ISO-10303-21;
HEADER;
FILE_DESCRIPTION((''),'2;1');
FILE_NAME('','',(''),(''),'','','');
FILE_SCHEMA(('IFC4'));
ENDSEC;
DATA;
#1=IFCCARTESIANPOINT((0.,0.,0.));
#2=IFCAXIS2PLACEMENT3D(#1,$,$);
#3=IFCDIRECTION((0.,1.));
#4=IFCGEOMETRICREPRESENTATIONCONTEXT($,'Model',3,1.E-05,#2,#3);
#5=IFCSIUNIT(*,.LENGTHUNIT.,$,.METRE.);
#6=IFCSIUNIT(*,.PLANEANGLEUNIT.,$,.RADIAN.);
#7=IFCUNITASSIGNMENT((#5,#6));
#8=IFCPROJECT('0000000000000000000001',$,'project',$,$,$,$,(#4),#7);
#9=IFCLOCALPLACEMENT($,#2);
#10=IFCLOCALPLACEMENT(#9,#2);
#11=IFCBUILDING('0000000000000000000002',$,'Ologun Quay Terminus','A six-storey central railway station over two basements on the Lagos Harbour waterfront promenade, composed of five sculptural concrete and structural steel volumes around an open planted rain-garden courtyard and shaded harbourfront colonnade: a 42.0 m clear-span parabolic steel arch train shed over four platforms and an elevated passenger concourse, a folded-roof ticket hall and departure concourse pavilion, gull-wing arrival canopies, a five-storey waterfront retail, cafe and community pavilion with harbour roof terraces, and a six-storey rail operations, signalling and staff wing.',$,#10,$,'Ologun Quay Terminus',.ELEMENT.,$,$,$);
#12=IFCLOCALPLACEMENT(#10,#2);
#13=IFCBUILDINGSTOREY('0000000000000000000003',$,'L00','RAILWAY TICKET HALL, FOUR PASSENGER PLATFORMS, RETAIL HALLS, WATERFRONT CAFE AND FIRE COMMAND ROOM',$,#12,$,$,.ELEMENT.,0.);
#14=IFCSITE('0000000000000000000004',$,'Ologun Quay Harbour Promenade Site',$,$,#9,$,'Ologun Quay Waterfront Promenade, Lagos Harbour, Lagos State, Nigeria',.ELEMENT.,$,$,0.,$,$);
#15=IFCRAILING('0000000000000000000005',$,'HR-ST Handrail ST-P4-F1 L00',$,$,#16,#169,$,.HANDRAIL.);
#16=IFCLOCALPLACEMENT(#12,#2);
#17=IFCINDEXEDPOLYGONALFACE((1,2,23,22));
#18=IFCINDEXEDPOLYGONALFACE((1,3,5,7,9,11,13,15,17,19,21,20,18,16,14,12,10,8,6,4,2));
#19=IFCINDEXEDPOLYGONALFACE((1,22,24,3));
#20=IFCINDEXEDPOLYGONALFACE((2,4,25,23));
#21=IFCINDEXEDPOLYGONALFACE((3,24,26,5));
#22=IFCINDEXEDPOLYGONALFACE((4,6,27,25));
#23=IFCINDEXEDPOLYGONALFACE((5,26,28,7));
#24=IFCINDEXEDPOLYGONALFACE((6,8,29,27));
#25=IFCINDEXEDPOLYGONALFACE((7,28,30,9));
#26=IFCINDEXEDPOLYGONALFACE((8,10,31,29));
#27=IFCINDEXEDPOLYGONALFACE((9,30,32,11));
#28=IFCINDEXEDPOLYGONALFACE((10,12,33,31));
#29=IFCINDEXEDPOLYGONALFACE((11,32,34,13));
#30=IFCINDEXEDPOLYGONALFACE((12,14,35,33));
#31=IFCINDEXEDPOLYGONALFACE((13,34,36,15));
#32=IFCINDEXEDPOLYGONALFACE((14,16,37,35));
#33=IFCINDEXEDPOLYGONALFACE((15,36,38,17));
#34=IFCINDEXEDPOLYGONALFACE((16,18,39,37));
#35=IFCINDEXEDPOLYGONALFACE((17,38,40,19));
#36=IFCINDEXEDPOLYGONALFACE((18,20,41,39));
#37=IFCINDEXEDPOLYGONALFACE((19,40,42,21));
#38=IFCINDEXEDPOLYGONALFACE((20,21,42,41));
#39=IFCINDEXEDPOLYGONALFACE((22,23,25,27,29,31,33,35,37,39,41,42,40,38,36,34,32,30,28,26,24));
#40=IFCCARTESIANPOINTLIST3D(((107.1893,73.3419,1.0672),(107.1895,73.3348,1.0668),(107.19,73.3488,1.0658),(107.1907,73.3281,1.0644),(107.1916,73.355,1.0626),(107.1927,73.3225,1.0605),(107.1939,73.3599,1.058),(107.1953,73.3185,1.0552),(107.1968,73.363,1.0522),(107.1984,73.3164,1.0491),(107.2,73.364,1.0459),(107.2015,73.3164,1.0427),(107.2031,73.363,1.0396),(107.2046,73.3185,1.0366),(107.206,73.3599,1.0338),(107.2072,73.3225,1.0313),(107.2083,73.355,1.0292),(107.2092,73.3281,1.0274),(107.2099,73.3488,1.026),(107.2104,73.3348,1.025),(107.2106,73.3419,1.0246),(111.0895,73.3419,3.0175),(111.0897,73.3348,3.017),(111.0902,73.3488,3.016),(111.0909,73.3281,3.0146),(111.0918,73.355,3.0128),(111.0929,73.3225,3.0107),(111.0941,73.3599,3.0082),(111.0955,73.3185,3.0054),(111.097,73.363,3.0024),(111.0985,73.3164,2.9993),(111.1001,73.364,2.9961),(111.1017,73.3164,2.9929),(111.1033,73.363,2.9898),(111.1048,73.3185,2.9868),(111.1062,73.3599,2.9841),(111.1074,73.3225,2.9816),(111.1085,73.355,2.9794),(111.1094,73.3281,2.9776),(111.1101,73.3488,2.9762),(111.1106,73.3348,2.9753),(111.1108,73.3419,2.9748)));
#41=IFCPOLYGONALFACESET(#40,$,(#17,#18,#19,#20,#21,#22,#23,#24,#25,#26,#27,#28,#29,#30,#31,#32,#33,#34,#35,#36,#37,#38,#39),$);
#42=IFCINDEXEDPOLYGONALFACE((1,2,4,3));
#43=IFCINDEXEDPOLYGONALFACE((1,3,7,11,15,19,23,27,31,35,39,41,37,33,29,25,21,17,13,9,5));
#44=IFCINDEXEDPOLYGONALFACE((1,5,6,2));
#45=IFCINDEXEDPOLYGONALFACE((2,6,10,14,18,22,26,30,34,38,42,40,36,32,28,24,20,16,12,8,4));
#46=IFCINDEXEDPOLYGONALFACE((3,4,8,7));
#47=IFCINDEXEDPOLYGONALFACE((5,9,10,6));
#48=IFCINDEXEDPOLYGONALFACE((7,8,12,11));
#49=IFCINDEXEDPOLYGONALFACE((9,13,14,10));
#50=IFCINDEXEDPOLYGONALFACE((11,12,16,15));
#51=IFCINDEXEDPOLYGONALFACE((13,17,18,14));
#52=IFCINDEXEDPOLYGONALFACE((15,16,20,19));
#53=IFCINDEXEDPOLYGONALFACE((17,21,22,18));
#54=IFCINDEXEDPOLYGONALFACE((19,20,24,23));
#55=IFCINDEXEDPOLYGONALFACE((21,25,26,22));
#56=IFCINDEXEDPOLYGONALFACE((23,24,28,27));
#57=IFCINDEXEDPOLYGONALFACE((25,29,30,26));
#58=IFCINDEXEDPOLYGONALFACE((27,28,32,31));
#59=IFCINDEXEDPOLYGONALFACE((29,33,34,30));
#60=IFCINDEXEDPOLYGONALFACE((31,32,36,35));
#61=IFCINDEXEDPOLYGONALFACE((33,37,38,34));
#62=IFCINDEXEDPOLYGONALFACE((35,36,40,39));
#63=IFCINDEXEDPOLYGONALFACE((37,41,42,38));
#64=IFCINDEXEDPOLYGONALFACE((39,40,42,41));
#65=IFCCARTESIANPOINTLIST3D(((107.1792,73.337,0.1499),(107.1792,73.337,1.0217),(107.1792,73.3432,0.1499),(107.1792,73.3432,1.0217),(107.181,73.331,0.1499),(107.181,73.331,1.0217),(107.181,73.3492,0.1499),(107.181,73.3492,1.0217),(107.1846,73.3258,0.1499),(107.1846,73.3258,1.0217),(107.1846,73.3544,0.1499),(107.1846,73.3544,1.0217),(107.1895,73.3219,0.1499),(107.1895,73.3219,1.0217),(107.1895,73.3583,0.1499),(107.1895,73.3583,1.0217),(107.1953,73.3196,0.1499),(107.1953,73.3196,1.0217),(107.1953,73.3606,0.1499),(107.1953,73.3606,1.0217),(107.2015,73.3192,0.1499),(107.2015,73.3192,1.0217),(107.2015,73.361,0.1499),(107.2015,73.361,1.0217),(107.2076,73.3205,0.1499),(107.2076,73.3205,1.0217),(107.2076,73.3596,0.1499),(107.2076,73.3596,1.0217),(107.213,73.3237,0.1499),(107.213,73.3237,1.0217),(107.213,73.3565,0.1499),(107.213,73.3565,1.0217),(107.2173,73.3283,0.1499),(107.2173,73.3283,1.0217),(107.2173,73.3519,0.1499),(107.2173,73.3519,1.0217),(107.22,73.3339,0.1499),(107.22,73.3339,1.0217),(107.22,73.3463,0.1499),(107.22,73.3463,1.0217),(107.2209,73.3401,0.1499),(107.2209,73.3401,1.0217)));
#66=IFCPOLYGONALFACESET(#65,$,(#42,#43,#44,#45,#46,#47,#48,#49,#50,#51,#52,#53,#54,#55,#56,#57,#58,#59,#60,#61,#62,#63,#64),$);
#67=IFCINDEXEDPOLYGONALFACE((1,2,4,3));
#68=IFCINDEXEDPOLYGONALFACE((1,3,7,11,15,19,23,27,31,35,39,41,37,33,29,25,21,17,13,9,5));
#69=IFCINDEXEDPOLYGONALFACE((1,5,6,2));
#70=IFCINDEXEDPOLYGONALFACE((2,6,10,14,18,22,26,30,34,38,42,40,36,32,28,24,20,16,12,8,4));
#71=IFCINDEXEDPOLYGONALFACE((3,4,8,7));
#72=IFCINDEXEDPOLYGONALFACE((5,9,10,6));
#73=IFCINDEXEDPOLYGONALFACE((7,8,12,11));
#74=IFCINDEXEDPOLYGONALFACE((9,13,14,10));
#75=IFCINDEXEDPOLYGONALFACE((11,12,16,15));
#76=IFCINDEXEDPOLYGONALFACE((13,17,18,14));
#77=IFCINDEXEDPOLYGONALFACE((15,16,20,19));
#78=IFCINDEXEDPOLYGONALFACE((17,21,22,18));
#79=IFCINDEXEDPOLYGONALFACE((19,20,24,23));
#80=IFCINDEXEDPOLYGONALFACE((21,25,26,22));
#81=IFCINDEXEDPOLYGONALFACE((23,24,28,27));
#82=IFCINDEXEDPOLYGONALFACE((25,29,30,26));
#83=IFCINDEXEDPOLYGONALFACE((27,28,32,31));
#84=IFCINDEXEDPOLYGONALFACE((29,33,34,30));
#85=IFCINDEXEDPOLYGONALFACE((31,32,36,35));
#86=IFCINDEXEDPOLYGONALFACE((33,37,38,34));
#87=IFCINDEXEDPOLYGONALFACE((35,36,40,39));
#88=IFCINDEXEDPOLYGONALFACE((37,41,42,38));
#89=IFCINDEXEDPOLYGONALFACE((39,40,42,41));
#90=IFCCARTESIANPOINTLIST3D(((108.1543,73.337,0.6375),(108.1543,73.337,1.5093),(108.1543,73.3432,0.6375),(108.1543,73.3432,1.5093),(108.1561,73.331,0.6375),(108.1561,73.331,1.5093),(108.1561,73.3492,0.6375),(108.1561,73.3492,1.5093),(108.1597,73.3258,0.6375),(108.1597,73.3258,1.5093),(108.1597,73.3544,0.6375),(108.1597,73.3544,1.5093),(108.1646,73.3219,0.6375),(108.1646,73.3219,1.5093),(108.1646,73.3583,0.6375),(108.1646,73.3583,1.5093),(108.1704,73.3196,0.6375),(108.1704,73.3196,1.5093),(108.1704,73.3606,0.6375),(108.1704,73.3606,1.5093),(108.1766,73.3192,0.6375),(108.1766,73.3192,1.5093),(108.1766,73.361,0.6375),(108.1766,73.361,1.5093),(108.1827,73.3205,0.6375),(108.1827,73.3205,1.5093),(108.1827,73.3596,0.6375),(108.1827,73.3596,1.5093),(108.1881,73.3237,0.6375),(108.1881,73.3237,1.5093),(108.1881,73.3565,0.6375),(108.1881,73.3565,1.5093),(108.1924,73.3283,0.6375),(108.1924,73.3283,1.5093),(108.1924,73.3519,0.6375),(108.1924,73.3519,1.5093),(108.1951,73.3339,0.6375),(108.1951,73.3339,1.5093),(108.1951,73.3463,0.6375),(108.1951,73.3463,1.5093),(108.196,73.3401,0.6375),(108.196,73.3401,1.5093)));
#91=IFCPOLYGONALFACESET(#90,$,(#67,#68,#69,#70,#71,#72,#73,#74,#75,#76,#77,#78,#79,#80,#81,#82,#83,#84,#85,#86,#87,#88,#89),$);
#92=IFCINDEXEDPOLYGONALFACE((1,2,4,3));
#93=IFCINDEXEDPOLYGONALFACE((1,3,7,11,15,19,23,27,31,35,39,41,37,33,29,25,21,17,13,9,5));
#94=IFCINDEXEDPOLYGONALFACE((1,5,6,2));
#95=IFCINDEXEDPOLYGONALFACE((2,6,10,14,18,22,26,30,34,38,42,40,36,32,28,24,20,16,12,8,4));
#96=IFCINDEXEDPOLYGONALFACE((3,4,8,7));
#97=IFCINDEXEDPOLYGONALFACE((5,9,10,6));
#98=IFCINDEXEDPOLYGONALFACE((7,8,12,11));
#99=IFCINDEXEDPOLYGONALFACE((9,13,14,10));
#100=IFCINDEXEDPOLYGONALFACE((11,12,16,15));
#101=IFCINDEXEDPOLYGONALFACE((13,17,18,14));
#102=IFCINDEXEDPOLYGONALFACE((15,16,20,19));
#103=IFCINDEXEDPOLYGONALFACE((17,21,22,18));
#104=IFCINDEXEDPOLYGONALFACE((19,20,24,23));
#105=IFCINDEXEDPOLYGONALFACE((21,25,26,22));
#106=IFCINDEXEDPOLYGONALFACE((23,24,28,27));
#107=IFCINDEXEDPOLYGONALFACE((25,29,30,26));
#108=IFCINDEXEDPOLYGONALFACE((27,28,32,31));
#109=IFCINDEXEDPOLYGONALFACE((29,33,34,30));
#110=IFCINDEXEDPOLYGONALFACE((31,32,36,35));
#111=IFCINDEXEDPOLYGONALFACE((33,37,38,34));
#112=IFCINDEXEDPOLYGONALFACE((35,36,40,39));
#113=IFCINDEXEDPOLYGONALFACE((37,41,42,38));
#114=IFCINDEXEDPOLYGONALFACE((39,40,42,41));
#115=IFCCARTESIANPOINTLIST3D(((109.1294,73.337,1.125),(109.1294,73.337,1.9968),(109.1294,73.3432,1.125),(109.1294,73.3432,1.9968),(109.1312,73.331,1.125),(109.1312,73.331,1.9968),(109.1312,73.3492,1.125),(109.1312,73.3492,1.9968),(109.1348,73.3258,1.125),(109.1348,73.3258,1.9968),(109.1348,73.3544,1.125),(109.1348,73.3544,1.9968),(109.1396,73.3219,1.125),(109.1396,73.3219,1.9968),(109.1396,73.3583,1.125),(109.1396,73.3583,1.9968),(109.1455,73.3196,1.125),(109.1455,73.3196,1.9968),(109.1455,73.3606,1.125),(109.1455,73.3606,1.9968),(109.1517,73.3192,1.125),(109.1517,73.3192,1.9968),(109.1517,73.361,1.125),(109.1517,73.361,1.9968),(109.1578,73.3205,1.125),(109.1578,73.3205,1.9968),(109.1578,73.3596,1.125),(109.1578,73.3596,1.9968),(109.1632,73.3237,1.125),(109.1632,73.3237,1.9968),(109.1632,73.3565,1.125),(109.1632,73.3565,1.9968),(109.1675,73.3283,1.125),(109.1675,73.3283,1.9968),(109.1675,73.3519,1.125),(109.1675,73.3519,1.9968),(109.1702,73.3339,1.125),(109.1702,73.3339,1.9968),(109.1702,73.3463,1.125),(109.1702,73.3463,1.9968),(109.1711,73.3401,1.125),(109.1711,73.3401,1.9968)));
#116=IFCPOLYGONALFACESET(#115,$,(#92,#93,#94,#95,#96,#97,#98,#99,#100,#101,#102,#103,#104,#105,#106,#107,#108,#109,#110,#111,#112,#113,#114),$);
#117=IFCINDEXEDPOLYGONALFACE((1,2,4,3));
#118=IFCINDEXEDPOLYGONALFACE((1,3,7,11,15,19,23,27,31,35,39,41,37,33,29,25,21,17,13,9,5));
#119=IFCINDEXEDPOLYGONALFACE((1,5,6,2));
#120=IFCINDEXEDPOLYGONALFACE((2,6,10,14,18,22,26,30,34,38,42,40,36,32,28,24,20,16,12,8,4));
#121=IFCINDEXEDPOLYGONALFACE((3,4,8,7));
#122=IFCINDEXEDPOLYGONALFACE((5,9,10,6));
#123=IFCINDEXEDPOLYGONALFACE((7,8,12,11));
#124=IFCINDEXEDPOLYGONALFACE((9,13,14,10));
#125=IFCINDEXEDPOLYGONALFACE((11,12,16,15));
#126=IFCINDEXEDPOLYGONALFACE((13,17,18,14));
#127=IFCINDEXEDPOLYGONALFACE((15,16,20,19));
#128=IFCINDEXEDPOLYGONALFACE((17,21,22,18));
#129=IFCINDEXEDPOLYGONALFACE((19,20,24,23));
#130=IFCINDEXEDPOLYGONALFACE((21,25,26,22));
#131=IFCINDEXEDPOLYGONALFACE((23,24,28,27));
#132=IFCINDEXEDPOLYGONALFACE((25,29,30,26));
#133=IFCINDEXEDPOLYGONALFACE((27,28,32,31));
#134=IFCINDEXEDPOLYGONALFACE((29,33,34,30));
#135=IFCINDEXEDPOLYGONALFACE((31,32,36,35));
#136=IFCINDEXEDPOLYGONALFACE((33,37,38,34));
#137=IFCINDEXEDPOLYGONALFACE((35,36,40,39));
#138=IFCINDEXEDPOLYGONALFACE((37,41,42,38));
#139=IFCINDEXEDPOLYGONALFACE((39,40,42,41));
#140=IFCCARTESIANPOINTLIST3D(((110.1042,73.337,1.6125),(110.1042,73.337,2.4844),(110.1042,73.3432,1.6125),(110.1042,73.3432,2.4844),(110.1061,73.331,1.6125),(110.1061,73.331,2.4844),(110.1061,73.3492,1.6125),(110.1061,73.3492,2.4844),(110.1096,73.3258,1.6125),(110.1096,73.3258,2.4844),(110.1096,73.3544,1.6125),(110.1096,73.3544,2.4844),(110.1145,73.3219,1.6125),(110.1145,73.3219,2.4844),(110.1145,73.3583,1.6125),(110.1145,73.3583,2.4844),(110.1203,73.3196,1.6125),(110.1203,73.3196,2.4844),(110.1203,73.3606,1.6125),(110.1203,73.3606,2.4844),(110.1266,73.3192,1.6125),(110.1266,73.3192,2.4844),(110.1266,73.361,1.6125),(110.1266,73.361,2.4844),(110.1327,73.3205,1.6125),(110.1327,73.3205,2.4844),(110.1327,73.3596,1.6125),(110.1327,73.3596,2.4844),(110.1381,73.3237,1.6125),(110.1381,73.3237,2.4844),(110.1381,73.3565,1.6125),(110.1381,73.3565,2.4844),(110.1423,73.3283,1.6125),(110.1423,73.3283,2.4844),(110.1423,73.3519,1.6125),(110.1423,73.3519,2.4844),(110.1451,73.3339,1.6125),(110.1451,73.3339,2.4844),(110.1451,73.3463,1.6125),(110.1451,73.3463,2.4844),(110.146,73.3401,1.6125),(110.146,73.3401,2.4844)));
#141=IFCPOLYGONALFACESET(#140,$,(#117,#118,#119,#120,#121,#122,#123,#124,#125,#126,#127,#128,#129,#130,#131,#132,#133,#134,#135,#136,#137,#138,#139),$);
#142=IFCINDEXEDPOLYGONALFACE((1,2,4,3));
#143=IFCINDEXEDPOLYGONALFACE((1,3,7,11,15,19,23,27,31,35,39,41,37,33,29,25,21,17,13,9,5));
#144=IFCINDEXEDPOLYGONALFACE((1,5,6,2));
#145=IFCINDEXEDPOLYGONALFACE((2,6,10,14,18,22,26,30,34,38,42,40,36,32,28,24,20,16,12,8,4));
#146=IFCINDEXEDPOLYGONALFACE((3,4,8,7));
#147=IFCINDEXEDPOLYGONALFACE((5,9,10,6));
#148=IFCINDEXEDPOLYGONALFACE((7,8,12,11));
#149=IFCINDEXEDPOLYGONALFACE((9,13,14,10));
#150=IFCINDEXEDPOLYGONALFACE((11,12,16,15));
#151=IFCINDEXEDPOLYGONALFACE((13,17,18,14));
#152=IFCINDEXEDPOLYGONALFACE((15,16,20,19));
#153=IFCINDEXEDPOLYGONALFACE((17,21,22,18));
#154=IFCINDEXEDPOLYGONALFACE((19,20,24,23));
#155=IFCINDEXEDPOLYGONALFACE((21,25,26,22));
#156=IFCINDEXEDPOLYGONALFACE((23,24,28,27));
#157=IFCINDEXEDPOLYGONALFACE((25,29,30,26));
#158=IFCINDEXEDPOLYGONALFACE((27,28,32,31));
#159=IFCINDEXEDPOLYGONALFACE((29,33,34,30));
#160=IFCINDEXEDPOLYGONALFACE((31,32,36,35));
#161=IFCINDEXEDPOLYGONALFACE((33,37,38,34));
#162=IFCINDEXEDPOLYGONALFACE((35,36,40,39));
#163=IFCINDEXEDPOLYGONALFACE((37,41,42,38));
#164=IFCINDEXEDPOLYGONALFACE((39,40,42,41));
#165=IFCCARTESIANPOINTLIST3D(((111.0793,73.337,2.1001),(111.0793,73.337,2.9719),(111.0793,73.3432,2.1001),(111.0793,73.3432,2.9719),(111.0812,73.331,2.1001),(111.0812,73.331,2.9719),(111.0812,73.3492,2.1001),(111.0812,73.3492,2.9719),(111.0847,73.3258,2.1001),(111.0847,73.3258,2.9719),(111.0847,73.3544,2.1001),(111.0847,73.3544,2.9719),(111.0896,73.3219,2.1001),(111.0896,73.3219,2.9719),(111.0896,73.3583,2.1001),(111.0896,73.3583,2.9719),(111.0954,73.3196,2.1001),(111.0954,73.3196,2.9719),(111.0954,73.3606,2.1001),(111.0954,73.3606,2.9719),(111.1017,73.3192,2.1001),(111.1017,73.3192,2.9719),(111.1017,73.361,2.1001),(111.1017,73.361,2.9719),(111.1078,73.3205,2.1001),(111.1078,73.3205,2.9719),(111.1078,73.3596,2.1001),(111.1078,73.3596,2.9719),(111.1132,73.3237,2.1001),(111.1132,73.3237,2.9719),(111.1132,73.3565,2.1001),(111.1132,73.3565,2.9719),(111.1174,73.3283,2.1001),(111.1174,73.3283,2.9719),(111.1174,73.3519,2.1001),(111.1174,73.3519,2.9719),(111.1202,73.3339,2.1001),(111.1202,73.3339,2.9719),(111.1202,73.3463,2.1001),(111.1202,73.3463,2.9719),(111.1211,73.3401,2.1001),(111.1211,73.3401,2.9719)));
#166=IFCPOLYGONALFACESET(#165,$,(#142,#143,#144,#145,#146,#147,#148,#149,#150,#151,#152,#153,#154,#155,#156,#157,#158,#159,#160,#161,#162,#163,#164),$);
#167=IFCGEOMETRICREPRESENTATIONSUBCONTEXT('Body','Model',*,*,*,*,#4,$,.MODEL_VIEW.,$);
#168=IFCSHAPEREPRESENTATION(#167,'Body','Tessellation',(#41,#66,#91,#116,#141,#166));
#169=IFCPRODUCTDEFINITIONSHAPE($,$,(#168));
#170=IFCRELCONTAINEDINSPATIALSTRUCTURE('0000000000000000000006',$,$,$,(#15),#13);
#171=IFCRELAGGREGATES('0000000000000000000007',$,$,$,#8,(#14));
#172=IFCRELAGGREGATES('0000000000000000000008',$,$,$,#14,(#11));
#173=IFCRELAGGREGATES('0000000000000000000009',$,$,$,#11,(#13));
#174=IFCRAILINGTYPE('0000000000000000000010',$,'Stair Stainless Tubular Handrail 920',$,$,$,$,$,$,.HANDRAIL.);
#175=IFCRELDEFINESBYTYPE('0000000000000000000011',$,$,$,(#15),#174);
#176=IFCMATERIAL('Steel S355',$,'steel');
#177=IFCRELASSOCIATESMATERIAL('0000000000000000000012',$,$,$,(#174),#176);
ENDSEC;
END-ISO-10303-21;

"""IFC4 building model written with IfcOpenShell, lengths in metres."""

from ifc_helpers import new_model, si_unit, direction, frame, origin, origin_2d, place, context, subcontext, project, spatial, circle, extrude, material, type_object, element, save


model = new_model("IFC4")

# Units and contexts
model_context = context("Model", 3, precision=1e-05, world=origin(), true_north=direction((0.0, 1.0)))
body_context = subcontext(model_context, "Body", "Model", "MODEL_VIEW")
ifc_project = project(units=[si_unit("LENGTHUNIT", "METRE"), si_unit("PLANEANGLEUNIT", "RADIAN")], contexts=[model_context])

# Site, building, storey
site_placement = place(None, origin())
site = spatial("IfcSite", under=ifc_project, at=site_placement, Name="Ologun Quay Harbour Promenade Site", LongName="Ologun Quay Waterfront Promenade, Lagos Harbour, Lagos State, Nigeria", CompositionType="ELEMENT", RefElevation=0.0)
building_placement = place(site_placement, origin())
building = spatial("IfcBuilding", under=site, at=building_placement, Name="Ologun Quay Terminus", Description="A six-storey central railway station over two basements on the Lagos Harbour waterfront promenade, composed of five sculptural concrete and structural steel volumes around an open planted rain-garden courtyard and shaded harbourfront colonnade: a 42.0 m clear-span parabolic steel arch train shed over four platforms and an elevated passenger concourse, a folded-roof ticket hall and departure concourse pavilion, gull-wing arrival canopies, a five-storey waterfront retail, cafe and community pavilion with harbour roof terraces, and a six-storey rail operations, signalling and staff wing.", LongName="Ologun Quay Terminus", CompositionType="ELEMENT")
storey_placement = place(building_placement, origin())
storey = spatial("IfcBuildingStorey", under=building, at=storey_placement, Name="L00", Description="RAILWAY TICKET HALL, FOUR PASSENGER PLATFORMS, RETAIL HALLS, WATERFRONT CAFE AND FIRE COMMAND ROOM", CompositionType="ELEMENT", Elevation=0.0)

# Railing
ifc_material_1 = material(Name="Steel S355", Category="steel")
railing_type_1 = type_object("IfcRailingType", Name="Stair Stainless Tubular Handrail 920", PredefinedType="HANDRAIL", material=ifc_material_1)
railing_1_placement = place(storey_placement, frame((107.2, 73.3401, 0.1499)))
element("IfcRailing", 1, at=railing_1_placement, inside=storey, type_object=railing_type_1, Name="HR-ST Handrail ST-P4-F1 L00", PredefinedType="HANDRAIL", context=body_context, shape_type="SweptSolid", body=[
    extrude(circle(Radius=0.0239, at=origin_2d()), frame((0.0, 0.0, 0.896), z_axis=(0.894416, 0.0, 0.447236), x_axis=(0.0, 1.0, 0.0)), (0.0, 0.0, 1.0), 4.3606),
    extrude(circle(Radius=0.021, at=origin_2d()), origin(), (0.0, 0.0, 1.0), 0.8718),
    extrude(circle(Radius=0.021, at=origin_2d()), frame((0.9751, 0.0, 0.4875)), (0.0, 0.0, 1.0), 0.8718),
    extrude(circle(Radius=0.021, at=origin_2d()), frame((1.9502, 0.0, 0.9751)), (0.0, 0.0, 1.0), 0.8718),
    extrude(circle(Radius=0.021, at=origin_2d()), frame((2.925, 0.0, 1.4626)), (0.0, 0.0, 1.0), 0.8718),
    extrude(circle(Radius=0.021, at=origin_2d()), frame((3.9001, 0.0, 1.9502)), (0.0, 0.0, 1.0), 0.8718),
])

save(model, "model.ifc")
